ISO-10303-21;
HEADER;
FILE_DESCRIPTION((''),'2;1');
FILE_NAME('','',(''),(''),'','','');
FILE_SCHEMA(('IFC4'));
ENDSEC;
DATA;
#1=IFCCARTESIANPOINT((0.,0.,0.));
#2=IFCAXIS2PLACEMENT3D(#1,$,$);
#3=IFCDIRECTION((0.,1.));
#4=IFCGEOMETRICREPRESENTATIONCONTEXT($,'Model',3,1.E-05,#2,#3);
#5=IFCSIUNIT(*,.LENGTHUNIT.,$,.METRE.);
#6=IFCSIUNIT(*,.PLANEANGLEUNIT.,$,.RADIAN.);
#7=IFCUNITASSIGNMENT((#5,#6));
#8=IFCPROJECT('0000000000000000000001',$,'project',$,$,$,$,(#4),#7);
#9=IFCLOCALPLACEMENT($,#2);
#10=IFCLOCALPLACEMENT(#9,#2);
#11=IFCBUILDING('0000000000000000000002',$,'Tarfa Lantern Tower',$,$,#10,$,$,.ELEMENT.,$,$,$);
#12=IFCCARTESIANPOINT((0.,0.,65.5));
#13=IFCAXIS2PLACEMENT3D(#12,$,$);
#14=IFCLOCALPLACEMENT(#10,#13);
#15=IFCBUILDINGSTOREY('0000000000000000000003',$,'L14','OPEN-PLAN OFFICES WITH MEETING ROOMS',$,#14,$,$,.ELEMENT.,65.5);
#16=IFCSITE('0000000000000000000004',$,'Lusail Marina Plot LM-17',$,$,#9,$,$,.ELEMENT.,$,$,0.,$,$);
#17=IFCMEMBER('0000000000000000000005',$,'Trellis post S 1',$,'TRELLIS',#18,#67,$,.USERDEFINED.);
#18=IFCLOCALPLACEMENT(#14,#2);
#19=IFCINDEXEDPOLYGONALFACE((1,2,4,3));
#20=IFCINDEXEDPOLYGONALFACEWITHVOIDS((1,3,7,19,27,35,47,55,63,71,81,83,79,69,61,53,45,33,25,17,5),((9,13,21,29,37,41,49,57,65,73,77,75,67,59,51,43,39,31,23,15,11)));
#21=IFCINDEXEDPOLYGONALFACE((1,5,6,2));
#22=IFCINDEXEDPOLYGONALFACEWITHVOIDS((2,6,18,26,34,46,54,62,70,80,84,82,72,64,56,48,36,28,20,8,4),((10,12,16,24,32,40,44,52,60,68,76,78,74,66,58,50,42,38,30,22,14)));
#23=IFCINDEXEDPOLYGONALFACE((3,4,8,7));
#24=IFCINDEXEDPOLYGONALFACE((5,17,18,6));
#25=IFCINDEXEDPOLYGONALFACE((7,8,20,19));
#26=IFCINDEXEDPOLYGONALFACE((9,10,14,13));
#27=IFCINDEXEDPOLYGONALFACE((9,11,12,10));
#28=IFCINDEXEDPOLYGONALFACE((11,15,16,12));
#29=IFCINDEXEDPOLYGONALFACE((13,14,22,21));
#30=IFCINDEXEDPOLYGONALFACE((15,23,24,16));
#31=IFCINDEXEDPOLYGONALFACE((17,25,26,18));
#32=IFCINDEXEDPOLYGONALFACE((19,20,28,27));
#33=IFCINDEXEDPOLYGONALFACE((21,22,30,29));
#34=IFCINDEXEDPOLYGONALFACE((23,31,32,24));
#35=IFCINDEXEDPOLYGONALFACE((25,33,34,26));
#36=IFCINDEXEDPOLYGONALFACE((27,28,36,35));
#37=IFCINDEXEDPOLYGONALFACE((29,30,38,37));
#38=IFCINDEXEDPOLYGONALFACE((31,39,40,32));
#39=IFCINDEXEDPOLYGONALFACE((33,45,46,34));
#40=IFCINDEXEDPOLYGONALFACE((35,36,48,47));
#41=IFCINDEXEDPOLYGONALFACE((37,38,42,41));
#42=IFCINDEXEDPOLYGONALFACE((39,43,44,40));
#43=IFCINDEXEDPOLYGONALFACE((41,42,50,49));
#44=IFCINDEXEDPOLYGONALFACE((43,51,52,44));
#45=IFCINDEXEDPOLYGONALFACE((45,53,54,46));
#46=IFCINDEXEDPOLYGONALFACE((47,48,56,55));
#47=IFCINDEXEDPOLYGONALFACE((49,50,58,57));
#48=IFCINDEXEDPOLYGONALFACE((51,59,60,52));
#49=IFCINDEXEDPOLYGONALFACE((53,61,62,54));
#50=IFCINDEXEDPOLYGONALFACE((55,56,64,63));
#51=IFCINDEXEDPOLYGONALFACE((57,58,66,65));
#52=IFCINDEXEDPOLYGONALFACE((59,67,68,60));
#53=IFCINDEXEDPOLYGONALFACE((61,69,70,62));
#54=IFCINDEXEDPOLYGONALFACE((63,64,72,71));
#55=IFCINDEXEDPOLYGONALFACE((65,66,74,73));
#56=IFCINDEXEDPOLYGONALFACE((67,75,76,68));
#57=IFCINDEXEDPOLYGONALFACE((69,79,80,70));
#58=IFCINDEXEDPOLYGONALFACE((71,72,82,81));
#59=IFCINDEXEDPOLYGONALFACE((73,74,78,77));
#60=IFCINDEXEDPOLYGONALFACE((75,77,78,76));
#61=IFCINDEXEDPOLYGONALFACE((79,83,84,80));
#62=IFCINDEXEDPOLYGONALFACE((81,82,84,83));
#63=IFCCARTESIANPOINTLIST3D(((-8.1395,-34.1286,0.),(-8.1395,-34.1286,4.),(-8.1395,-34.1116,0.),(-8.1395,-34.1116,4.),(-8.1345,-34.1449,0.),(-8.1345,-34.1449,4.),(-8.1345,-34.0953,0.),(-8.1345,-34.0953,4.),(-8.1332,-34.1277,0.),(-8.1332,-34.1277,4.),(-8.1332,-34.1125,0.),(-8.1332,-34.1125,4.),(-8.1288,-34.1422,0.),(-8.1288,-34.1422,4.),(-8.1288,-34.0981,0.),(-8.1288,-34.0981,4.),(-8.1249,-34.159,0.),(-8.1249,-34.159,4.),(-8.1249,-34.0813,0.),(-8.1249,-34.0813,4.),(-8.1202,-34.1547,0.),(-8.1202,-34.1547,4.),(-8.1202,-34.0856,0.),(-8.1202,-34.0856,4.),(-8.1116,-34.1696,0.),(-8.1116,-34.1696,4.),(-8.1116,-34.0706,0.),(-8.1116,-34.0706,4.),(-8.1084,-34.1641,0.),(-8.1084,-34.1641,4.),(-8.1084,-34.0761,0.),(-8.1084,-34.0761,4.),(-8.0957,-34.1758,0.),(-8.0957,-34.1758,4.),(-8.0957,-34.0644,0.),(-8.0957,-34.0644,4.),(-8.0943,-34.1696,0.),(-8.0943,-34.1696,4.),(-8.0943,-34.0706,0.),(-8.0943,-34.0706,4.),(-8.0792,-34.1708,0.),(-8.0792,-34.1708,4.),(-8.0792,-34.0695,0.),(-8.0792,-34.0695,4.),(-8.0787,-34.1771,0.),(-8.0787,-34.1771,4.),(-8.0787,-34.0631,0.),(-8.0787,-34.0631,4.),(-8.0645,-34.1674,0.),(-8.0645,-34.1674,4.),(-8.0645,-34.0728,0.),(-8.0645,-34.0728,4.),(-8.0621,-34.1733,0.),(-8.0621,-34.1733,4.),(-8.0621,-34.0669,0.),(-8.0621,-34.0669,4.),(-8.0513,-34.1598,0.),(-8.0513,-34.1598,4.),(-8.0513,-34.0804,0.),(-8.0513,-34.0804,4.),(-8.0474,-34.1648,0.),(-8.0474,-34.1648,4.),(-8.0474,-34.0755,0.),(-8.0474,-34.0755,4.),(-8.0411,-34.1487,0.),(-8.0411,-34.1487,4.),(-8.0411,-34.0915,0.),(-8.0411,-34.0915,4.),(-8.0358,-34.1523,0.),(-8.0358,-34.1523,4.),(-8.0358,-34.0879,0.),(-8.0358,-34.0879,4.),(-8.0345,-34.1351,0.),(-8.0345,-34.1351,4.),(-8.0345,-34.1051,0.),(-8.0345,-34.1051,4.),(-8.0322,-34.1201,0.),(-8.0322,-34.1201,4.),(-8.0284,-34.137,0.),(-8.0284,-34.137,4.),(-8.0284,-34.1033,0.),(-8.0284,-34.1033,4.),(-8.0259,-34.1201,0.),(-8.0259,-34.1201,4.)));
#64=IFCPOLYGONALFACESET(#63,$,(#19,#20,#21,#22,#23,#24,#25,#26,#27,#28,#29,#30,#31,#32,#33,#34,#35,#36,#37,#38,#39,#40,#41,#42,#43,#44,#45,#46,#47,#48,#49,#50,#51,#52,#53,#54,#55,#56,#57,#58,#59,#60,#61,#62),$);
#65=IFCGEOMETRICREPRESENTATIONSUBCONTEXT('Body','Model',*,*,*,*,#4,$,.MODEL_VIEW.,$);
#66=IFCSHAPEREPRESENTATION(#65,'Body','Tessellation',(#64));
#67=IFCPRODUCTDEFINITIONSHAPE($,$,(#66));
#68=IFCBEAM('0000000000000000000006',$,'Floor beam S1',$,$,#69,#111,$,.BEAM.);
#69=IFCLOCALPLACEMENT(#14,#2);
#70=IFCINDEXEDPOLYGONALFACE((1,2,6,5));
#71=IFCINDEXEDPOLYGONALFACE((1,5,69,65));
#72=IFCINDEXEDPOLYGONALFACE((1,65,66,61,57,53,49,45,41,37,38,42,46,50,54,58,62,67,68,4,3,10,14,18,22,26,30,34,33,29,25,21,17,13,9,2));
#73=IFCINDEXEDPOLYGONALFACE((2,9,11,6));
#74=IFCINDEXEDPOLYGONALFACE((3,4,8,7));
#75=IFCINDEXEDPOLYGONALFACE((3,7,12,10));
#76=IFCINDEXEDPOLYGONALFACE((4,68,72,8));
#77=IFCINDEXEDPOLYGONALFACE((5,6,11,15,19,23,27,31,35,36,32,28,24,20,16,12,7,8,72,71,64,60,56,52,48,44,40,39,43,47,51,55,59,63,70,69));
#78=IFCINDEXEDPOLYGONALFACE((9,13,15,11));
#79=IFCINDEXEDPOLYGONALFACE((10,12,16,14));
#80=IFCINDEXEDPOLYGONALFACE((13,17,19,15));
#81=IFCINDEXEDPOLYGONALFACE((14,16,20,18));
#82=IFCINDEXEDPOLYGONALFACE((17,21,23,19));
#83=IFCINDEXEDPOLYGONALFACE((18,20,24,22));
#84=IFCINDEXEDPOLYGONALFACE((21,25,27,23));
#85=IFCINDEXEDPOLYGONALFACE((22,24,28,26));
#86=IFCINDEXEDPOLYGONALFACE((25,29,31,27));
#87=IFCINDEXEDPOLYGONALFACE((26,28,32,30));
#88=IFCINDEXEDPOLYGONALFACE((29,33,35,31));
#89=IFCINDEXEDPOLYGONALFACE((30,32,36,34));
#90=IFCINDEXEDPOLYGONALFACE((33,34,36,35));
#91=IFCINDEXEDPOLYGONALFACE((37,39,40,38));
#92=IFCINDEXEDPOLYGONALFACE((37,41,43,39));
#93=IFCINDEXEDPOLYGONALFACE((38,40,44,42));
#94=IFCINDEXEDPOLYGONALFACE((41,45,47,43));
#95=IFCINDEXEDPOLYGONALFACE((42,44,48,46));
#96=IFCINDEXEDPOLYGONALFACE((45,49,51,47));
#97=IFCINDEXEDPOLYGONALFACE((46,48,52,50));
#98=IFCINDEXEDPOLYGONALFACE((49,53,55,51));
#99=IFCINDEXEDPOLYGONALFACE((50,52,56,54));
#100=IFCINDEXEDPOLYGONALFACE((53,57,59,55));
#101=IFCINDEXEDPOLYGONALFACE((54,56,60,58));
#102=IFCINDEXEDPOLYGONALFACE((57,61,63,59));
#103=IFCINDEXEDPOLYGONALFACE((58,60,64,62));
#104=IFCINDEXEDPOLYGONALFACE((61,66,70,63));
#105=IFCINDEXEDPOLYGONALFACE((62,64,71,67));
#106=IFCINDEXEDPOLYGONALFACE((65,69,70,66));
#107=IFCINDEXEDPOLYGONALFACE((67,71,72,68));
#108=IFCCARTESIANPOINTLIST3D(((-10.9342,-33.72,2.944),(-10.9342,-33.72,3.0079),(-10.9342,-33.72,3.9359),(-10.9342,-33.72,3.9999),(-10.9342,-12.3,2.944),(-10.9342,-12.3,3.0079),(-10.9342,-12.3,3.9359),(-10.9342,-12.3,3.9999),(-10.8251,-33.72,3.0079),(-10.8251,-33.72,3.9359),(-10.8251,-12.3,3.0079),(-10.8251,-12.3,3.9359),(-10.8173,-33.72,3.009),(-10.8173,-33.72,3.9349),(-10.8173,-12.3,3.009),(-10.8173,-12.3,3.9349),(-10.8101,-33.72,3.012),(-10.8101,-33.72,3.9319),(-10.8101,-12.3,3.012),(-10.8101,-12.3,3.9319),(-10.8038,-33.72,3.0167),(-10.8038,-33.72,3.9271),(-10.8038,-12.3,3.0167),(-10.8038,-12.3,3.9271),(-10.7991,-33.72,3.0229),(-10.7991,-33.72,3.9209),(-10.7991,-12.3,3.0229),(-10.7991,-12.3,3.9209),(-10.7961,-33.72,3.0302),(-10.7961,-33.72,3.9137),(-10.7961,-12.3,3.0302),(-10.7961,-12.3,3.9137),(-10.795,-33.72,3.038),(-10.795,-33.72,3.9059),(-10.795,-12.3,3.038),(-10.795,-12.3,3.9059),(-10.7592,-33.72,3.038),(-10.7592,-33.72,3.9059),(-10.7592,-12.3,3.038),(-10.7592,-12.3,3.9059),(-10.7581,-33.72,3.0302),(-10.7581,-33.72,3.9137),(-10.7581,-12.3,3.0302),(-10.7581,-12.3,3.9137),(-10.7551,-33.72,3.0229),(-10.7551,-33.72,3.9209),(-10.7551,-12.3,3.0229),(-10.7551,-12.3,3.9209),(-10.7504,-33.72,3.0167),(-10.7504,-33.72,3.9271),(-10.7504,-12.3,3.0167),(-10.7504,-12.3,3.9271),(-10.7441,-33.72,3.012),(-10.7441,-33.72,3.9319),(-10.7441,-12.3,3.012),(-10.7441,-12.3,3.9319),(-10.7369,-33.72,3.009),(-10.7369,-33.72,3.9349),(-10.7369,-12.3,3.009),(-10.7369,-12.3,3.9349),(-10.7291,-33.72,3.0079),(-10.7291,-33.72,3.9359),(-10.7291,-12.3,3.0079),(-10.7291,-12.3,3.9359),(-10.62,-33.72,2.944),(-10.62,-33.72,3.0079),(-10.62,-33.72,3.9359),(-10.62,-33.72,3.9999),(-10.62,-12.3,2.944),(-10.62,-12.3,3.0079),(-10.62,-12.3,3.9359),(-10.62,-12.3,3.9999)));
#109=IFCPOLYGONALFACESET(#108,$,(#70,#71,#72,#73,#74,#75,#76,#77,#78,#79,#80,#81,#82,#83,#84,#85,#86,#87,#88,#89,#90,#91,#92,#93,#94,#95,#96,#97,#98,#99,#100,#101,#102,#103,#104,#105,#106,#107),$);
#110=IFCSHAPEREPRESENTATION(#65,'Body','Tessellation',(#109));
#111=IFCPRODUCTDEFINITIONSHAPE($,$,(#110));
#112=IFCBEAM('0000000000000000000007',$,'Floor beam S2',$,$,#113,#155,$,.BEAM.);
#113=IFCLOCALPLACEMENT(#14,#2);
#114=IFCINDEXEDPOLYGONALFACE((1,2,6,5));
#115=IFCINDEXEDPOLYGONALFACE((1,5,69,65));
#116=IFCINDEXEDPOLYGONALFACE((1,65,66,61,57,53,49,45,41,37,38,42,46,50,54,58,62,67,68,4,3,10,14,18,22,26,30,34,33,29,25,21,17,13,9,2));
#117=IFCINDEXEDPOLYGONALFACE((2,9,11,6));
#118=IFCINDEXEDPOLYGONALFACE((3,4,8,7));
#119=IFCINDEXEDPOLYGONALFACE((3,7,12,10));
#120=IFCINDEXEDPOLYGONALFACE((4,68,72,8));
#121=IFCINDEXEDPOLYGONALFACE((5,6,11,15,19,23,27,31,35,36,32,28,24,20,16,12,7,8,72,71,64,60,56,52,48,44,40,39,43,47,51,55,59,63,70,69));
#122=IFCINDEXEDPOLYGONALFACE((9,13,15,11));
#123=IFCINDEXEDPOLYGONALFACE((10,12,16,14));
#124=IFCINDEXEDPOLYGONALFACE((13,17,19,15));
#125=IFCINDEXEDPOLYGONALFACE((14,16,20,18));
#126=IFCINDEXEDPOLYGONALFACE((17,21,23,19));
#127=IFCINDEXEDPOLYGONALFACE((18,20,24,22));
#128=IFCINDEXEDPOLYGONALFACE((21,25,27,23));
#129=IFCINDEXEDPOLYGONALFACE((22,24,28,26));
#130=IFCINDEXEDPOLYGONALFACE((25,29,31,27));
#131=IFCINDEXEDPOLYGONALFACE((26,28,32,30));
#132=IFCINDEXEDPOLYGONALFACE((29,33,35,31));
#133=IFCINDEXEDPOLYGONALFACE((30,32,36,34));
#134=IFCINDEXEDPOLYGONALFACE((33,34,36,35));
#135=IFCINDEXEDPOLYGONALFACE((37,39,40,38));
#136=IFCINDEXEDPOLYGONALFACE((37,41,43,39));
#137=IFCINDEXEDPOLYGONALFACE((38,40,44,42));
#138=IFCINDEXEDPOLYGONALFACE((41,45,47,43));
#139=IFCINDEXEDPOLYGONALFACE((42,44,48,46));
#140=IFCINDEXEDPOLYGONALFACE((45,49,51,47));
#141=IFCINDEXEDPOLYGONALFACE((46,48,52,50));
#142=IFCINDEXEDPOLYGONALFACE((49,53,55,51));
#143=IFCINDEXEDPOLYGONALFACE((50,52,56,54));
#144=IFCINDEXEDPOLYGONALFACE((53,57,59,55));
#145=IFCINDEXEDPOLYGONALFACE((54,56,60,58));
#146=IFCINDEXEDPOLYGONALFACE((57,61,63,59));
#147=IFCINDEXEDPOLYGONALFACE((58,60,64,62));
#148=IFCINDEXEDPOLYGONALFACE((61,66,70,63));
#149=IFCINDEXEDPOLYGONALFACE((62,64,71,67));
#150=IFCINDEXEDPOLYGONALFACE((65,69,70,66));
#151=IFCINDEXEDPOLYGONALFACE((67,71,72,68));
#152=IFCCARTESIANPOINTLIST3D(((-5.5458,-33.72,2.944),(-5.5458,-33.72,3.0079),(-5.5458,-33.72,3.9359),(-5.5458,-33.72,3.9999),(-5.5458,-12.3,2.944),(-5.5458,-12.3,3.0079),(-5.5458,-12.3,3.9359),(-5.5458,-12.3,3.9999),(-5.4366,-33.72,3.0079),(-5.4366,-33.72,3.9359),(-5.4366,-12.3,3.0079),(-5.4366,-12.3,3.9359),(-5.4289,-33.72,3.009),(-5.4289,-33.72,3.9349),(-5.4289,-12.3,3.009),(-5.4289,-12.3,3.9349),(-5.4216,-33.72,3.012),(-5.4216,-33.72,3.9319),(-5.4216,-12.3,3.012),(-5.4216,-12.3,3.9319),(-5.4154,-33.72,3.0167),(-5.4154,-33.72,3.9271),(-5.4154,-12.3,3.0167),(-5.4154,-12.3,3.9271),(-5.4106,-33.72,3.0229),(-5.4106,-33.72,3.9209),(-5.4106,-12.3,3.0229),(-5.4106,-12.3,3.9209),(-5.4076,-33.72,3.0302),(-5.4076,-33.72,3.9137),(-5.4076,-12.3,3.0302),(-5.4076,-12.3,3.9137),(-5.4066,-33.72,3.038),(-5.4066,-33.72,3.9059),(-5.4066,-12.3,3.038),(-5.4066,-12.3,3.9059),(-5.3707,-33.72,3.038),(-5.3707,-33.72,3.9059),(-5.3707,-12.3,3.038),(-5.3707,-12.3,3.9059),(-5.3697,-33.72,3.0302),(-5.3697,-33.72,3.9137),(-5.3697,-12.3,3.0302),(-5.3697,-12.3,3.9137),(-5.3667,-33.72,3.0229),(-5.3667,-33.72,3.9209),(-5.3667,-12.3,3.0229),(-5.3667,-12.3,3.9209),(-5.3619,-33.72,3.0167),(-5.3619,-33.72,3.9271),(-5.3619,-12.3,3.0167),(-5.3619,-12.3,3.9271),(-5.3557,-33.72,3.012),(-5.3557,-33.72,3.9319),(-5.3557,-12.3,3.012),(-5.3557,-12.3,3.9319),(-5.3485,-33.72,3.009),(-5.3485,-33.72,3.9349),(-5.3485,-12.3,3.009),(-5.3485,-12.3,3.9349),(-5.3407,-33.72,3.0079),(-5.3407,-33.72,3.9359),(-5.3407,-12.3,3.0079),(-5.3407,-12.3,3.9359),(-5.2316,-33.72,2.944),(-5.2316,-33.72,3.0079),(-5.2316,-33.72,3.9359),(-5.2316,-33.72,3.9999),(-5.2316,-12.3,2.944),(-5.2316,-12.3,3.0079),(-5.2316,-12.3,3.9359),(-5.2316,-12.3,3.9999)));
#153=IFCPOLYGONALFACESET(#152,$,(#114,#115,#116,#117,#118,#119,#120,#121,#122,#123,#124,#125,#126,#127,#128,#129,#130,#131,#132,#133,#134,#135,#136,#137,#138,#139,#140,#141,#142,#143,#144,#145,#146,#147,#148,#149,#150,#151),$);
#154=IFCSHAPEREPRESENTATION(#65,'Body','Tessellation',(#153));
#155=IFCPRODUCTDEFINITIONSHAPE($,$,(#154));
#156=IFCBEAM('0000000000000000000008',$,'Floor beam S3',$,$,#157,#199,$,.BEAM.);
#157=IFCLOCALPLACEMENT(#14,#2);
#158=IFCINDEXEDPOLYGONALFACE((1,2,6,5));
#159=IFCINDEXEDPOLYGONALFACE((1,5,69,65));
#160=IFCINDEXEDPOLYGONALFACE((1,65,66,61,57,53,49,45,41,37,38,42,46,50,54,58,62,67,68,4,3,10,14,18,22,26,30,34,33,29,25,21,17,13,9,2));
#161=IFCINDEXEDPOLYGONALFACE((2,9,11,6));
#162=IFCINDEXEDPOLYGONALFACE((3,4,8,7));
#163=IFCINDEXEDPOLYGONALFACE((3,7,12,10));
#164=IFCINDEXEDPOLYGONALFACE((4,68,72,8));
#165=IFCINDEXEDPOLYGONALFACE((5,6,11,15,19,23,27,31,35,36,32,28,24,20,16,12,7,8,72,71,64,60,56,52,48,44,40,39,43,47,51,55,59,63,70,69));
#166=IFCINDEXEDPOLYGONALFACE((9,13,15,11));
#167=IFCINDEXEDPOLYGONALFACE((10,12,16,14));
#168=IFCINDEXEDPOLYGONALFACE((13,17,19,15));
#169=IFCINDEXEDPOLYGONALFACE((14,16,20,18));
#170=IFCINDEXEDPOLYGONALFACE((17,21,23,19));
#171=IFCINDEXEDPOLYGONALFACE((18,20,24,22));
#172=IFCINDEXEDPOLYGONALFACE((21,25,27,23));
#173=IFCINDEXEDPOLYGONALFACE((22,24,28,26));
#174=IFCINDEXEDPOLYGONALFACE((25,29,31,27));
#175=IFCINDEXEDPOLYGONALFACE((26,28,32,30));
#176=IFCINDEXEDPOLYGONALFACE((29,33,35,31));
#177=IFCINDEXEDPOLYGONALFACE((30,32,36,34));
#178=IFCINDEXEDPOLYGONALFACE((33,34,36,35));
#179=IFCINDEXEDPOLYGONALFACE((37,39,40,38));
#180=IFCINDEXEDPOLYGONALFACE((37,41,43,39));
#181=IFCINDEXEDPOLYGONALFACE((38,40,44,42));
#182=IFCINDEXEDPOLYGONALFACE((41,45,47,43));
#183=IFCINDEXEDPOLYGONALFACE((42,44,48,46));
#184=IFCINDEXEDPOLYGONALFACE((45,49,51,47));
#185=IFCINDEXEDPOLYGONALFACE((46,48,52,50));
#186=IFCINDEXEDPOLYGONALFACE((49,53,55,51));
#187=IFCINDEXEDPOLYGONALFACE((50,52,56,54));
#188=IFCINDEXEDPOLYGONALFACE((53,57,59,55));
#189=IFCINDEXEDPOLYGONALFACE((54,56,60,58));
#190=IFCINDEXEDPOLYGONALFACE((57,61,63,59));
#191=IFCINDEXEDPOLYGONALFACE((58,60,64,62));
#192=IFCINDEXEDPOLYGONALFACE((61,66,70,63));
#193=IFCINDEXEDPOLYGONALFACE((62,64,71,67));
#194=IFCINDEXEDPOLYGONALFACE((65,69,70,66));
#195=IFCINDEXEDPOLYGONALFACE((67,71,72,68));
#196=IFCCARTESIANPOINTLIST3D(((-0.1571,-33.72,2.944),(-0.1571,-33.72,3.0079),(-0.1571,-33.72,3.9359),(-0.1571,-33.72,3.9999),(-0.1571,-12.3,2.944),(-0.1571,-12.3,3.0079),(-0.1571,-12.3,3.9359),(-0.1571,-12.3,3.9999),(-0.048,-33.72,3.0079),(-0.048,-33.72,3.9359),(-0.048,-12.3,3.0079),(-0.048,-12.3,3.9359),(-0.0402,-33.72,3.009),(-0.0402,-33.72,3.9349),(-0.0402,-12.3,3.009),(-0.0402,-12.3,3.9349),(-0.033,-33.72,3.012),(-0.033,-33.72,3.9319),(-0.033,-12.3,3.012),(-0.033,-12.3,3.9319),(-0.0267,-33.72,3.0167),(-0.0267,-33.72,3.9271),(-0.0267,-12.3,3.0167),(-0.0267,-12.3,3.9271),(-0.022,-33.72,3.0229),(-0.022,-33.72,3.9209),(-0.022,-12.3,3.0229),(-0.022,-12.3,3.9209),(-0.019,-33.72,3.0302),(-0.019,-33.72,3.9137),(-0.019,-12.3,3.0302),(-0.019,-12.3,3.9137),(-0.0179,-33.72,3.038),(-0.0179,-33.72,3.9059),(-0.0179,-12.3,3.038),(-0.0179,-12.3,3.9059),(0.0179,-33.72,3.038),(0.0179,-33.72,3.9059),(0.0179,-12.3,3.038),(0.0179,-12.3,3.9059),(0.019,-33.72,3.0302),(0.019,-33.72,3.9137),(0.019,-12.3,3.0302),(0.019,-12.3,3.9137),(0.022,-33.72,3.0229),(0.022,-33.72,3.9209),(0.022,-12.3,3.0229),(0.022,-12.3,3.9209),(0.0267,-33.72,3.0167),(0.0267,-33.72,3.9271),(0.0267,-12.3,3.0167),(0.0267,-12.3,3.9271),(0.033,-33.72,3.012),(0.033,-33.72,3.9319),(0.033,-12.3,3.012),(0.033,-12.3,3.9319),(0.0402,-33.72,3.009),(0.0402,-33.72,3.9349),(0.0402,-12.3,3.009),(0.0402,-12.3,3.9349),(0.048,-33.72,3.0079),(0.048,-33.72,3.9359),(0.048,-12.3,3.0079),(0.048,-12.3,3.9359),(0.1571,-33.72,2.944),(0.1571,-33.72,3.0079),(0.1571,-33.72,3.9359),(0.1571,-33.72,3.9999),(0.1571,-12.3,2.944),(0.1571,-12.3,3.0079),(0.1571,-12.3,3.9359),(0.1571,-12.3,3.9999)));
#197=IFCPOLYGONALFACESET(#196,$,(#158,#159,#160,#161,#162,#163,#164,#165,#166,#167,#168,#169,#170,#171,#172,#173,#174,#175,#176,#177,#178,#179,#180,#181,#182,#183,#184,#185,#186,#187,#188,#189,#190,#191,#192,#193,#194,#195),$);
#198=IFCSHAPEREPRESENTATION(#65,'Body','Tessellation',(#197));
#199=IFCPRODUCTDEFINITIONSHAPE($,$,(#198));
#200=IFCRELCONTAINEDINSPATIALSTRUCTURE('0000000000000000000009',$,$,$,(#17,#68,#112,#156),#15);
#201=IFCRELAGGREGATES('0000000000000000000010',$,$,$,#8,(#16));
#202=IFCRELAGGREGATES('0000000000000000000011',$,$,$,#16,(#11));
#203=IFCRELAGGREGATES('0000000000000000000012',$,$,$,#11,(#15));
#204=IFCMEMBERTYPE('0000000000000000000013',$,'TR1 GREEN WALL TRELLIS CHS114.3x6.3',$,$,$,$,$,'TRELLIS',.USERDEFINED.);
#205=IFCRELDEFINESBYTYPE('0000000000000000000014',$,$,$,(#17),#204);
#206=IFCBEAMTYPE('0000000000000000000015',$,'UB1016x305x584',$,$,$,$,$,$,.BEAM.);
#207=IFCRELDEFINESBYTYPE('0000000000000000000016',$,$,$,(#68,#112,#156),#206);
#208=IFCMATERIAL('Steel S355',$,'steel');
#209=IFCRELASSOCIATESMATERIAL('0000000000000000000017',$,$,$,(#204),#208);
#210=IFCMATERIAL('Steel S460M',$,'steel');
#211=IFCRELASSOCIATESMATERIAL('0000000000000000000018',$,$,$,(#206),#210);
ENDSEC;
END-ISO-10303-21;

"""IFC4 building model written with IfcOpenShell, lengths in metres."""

from ifc_helpers import new_model, si_unit, direction, frame, origin, origin_2d, place, context, subcontext, project, spatial, hollow_circle, i_section, extrude, material, material_profile, profile_set, type_object, element, save


model = new_model("IFC4")

# Units and contexts
model_context = context("Model", 3, precision=1e-05, world=origin(), true_north=direction((0.0, 1.0)))
body_context = subcontext(model_context, "Body", "Model", "MODEL_VIEW")
ifc_project = project(units=[si_unit("LENGTHUNIT", "METRE"), si_unit("PLANEANGLEUNIT", "RADIAN")], contexts=[model_context])

# Site, building, storey
site_placement = place(None, origin())
site = spatial("IfcSite", under=ifc_project, at=site_placement, Name="Lusail Marina Plot LM-17", CompositionType="ELEMENT", RefElevation=0.0)
building_placement = place(site_placement, origin())
building = spatial("IfcBuilding", under=site, at=building_placement, Name="Tarfa Lantern Tower", CompositionType="ELEMENT")
storey_placement = place(building_placement, frame((0.0, 0.0, 65.5)))
storey = spatial("IfcBuildingStorey", under=building, at=storey_placement, Name="L14", Description="OPEN-PLAN OFFICES WITH MEETING ROOMS", CompositionType="ELEMENT", Elevation=65.5)

# Member
ifc_material_1 = material(Name="Steel S355", Category="steel")
ifc_material_profile_1 = material_profile(ifc_material_1, hollow_circle(Radius=0.0571, WallThickness=0.0063, at=origin_2d()), Name="CHS114.3x6.3")
ifc_profile_set_1 = profile_set([ifc_material_profile_1], Name="Steel S355")
member_type_1 = type_object("IfcMemberType", Name="TR1 GREEN WALL TRELLIS CHS114.3x6.3", ElementType="TRELLIS", PredefinedType="USERDEFINED", material=ifc_profile_set_1)
member_1_placement = place(storey_placement, frame((-8.083, -34.1201, 0.0), z_axis=(0.0, 0.0, 1.0), x_axis=(1.0, 0.0, 0.0)))
element("IfcMember", 1, at=member_1_placement, inside=storey, type_object=member_type_1, Name="Trellis post S 1", ObjectType="TRELLIS", PredefinedType="USERDEFINED", context=body_context, shape_type="SweptSolid", body=[
    extrude(hollow_circle(Radius=0.0571, WallThickness=0.0063, at=origin_2d()), origin(), (0.0, 0.0, 1.0), 4.0),
])

# Beams
ifc_material_2 = material(Name="Steel S460M", Category="steel")
ifc_material_profile_2 = material_profile(ifc_material_2, i_section(OverallWidth=0.3142, OverallDepth=1.0559, WebThickness=0.0359, FlangeThickness=0.064, FilletRadius=0.03, at=origin_2d()), Name="UB1016x305x584")
ifc_profile_set_2 = profile_set([ifc_material_profile_2], Name="Steel S460M")
beam_type_1 = type_object("IfcBeamType", Name="UB1016x305x584", PredefinedType="BEAM", material=ifc_profile_set_2)
for number, where, z_axis, x_axis, name in (
    (2, (-10.7771, -33.72, 3.4719), (0.0, 1.0, 0.0), (-1.0, 0.0, 0.0), "Floor beam S1"),
    (3, (-5.3887, -33.72, 3.4719), (0.0, 1.0, 0.0), (-1.0, 0.0, 0.0), "Floor beam S2"),
    (4, (0.0, -33.72, 3.4719), (0.0, 1.0, 0.0), (-1.0, 0.0, 0.0), "Floor beam S3"),
):
    element("IfcBeam", number, at=place(storey_placement, frame(where, z_axis=z_axis, x_axis=x_axis)), inside=storey, type_object=beam_type_1, Name=name, PredefinedType="BEAM", context=body_context, shape_type="SweptSolid", body=[
        extrude(i_section(OverallWidth=0.3142, OverallDepth=1.0559, WebThickness=0.0359, FlangeThickness=0.064, FilletRadius=0.03, at=origin_2d()), origin(), (0.0, 0.0, 1.0), 21.4199),
    ])

save(model, "model.ifc")
